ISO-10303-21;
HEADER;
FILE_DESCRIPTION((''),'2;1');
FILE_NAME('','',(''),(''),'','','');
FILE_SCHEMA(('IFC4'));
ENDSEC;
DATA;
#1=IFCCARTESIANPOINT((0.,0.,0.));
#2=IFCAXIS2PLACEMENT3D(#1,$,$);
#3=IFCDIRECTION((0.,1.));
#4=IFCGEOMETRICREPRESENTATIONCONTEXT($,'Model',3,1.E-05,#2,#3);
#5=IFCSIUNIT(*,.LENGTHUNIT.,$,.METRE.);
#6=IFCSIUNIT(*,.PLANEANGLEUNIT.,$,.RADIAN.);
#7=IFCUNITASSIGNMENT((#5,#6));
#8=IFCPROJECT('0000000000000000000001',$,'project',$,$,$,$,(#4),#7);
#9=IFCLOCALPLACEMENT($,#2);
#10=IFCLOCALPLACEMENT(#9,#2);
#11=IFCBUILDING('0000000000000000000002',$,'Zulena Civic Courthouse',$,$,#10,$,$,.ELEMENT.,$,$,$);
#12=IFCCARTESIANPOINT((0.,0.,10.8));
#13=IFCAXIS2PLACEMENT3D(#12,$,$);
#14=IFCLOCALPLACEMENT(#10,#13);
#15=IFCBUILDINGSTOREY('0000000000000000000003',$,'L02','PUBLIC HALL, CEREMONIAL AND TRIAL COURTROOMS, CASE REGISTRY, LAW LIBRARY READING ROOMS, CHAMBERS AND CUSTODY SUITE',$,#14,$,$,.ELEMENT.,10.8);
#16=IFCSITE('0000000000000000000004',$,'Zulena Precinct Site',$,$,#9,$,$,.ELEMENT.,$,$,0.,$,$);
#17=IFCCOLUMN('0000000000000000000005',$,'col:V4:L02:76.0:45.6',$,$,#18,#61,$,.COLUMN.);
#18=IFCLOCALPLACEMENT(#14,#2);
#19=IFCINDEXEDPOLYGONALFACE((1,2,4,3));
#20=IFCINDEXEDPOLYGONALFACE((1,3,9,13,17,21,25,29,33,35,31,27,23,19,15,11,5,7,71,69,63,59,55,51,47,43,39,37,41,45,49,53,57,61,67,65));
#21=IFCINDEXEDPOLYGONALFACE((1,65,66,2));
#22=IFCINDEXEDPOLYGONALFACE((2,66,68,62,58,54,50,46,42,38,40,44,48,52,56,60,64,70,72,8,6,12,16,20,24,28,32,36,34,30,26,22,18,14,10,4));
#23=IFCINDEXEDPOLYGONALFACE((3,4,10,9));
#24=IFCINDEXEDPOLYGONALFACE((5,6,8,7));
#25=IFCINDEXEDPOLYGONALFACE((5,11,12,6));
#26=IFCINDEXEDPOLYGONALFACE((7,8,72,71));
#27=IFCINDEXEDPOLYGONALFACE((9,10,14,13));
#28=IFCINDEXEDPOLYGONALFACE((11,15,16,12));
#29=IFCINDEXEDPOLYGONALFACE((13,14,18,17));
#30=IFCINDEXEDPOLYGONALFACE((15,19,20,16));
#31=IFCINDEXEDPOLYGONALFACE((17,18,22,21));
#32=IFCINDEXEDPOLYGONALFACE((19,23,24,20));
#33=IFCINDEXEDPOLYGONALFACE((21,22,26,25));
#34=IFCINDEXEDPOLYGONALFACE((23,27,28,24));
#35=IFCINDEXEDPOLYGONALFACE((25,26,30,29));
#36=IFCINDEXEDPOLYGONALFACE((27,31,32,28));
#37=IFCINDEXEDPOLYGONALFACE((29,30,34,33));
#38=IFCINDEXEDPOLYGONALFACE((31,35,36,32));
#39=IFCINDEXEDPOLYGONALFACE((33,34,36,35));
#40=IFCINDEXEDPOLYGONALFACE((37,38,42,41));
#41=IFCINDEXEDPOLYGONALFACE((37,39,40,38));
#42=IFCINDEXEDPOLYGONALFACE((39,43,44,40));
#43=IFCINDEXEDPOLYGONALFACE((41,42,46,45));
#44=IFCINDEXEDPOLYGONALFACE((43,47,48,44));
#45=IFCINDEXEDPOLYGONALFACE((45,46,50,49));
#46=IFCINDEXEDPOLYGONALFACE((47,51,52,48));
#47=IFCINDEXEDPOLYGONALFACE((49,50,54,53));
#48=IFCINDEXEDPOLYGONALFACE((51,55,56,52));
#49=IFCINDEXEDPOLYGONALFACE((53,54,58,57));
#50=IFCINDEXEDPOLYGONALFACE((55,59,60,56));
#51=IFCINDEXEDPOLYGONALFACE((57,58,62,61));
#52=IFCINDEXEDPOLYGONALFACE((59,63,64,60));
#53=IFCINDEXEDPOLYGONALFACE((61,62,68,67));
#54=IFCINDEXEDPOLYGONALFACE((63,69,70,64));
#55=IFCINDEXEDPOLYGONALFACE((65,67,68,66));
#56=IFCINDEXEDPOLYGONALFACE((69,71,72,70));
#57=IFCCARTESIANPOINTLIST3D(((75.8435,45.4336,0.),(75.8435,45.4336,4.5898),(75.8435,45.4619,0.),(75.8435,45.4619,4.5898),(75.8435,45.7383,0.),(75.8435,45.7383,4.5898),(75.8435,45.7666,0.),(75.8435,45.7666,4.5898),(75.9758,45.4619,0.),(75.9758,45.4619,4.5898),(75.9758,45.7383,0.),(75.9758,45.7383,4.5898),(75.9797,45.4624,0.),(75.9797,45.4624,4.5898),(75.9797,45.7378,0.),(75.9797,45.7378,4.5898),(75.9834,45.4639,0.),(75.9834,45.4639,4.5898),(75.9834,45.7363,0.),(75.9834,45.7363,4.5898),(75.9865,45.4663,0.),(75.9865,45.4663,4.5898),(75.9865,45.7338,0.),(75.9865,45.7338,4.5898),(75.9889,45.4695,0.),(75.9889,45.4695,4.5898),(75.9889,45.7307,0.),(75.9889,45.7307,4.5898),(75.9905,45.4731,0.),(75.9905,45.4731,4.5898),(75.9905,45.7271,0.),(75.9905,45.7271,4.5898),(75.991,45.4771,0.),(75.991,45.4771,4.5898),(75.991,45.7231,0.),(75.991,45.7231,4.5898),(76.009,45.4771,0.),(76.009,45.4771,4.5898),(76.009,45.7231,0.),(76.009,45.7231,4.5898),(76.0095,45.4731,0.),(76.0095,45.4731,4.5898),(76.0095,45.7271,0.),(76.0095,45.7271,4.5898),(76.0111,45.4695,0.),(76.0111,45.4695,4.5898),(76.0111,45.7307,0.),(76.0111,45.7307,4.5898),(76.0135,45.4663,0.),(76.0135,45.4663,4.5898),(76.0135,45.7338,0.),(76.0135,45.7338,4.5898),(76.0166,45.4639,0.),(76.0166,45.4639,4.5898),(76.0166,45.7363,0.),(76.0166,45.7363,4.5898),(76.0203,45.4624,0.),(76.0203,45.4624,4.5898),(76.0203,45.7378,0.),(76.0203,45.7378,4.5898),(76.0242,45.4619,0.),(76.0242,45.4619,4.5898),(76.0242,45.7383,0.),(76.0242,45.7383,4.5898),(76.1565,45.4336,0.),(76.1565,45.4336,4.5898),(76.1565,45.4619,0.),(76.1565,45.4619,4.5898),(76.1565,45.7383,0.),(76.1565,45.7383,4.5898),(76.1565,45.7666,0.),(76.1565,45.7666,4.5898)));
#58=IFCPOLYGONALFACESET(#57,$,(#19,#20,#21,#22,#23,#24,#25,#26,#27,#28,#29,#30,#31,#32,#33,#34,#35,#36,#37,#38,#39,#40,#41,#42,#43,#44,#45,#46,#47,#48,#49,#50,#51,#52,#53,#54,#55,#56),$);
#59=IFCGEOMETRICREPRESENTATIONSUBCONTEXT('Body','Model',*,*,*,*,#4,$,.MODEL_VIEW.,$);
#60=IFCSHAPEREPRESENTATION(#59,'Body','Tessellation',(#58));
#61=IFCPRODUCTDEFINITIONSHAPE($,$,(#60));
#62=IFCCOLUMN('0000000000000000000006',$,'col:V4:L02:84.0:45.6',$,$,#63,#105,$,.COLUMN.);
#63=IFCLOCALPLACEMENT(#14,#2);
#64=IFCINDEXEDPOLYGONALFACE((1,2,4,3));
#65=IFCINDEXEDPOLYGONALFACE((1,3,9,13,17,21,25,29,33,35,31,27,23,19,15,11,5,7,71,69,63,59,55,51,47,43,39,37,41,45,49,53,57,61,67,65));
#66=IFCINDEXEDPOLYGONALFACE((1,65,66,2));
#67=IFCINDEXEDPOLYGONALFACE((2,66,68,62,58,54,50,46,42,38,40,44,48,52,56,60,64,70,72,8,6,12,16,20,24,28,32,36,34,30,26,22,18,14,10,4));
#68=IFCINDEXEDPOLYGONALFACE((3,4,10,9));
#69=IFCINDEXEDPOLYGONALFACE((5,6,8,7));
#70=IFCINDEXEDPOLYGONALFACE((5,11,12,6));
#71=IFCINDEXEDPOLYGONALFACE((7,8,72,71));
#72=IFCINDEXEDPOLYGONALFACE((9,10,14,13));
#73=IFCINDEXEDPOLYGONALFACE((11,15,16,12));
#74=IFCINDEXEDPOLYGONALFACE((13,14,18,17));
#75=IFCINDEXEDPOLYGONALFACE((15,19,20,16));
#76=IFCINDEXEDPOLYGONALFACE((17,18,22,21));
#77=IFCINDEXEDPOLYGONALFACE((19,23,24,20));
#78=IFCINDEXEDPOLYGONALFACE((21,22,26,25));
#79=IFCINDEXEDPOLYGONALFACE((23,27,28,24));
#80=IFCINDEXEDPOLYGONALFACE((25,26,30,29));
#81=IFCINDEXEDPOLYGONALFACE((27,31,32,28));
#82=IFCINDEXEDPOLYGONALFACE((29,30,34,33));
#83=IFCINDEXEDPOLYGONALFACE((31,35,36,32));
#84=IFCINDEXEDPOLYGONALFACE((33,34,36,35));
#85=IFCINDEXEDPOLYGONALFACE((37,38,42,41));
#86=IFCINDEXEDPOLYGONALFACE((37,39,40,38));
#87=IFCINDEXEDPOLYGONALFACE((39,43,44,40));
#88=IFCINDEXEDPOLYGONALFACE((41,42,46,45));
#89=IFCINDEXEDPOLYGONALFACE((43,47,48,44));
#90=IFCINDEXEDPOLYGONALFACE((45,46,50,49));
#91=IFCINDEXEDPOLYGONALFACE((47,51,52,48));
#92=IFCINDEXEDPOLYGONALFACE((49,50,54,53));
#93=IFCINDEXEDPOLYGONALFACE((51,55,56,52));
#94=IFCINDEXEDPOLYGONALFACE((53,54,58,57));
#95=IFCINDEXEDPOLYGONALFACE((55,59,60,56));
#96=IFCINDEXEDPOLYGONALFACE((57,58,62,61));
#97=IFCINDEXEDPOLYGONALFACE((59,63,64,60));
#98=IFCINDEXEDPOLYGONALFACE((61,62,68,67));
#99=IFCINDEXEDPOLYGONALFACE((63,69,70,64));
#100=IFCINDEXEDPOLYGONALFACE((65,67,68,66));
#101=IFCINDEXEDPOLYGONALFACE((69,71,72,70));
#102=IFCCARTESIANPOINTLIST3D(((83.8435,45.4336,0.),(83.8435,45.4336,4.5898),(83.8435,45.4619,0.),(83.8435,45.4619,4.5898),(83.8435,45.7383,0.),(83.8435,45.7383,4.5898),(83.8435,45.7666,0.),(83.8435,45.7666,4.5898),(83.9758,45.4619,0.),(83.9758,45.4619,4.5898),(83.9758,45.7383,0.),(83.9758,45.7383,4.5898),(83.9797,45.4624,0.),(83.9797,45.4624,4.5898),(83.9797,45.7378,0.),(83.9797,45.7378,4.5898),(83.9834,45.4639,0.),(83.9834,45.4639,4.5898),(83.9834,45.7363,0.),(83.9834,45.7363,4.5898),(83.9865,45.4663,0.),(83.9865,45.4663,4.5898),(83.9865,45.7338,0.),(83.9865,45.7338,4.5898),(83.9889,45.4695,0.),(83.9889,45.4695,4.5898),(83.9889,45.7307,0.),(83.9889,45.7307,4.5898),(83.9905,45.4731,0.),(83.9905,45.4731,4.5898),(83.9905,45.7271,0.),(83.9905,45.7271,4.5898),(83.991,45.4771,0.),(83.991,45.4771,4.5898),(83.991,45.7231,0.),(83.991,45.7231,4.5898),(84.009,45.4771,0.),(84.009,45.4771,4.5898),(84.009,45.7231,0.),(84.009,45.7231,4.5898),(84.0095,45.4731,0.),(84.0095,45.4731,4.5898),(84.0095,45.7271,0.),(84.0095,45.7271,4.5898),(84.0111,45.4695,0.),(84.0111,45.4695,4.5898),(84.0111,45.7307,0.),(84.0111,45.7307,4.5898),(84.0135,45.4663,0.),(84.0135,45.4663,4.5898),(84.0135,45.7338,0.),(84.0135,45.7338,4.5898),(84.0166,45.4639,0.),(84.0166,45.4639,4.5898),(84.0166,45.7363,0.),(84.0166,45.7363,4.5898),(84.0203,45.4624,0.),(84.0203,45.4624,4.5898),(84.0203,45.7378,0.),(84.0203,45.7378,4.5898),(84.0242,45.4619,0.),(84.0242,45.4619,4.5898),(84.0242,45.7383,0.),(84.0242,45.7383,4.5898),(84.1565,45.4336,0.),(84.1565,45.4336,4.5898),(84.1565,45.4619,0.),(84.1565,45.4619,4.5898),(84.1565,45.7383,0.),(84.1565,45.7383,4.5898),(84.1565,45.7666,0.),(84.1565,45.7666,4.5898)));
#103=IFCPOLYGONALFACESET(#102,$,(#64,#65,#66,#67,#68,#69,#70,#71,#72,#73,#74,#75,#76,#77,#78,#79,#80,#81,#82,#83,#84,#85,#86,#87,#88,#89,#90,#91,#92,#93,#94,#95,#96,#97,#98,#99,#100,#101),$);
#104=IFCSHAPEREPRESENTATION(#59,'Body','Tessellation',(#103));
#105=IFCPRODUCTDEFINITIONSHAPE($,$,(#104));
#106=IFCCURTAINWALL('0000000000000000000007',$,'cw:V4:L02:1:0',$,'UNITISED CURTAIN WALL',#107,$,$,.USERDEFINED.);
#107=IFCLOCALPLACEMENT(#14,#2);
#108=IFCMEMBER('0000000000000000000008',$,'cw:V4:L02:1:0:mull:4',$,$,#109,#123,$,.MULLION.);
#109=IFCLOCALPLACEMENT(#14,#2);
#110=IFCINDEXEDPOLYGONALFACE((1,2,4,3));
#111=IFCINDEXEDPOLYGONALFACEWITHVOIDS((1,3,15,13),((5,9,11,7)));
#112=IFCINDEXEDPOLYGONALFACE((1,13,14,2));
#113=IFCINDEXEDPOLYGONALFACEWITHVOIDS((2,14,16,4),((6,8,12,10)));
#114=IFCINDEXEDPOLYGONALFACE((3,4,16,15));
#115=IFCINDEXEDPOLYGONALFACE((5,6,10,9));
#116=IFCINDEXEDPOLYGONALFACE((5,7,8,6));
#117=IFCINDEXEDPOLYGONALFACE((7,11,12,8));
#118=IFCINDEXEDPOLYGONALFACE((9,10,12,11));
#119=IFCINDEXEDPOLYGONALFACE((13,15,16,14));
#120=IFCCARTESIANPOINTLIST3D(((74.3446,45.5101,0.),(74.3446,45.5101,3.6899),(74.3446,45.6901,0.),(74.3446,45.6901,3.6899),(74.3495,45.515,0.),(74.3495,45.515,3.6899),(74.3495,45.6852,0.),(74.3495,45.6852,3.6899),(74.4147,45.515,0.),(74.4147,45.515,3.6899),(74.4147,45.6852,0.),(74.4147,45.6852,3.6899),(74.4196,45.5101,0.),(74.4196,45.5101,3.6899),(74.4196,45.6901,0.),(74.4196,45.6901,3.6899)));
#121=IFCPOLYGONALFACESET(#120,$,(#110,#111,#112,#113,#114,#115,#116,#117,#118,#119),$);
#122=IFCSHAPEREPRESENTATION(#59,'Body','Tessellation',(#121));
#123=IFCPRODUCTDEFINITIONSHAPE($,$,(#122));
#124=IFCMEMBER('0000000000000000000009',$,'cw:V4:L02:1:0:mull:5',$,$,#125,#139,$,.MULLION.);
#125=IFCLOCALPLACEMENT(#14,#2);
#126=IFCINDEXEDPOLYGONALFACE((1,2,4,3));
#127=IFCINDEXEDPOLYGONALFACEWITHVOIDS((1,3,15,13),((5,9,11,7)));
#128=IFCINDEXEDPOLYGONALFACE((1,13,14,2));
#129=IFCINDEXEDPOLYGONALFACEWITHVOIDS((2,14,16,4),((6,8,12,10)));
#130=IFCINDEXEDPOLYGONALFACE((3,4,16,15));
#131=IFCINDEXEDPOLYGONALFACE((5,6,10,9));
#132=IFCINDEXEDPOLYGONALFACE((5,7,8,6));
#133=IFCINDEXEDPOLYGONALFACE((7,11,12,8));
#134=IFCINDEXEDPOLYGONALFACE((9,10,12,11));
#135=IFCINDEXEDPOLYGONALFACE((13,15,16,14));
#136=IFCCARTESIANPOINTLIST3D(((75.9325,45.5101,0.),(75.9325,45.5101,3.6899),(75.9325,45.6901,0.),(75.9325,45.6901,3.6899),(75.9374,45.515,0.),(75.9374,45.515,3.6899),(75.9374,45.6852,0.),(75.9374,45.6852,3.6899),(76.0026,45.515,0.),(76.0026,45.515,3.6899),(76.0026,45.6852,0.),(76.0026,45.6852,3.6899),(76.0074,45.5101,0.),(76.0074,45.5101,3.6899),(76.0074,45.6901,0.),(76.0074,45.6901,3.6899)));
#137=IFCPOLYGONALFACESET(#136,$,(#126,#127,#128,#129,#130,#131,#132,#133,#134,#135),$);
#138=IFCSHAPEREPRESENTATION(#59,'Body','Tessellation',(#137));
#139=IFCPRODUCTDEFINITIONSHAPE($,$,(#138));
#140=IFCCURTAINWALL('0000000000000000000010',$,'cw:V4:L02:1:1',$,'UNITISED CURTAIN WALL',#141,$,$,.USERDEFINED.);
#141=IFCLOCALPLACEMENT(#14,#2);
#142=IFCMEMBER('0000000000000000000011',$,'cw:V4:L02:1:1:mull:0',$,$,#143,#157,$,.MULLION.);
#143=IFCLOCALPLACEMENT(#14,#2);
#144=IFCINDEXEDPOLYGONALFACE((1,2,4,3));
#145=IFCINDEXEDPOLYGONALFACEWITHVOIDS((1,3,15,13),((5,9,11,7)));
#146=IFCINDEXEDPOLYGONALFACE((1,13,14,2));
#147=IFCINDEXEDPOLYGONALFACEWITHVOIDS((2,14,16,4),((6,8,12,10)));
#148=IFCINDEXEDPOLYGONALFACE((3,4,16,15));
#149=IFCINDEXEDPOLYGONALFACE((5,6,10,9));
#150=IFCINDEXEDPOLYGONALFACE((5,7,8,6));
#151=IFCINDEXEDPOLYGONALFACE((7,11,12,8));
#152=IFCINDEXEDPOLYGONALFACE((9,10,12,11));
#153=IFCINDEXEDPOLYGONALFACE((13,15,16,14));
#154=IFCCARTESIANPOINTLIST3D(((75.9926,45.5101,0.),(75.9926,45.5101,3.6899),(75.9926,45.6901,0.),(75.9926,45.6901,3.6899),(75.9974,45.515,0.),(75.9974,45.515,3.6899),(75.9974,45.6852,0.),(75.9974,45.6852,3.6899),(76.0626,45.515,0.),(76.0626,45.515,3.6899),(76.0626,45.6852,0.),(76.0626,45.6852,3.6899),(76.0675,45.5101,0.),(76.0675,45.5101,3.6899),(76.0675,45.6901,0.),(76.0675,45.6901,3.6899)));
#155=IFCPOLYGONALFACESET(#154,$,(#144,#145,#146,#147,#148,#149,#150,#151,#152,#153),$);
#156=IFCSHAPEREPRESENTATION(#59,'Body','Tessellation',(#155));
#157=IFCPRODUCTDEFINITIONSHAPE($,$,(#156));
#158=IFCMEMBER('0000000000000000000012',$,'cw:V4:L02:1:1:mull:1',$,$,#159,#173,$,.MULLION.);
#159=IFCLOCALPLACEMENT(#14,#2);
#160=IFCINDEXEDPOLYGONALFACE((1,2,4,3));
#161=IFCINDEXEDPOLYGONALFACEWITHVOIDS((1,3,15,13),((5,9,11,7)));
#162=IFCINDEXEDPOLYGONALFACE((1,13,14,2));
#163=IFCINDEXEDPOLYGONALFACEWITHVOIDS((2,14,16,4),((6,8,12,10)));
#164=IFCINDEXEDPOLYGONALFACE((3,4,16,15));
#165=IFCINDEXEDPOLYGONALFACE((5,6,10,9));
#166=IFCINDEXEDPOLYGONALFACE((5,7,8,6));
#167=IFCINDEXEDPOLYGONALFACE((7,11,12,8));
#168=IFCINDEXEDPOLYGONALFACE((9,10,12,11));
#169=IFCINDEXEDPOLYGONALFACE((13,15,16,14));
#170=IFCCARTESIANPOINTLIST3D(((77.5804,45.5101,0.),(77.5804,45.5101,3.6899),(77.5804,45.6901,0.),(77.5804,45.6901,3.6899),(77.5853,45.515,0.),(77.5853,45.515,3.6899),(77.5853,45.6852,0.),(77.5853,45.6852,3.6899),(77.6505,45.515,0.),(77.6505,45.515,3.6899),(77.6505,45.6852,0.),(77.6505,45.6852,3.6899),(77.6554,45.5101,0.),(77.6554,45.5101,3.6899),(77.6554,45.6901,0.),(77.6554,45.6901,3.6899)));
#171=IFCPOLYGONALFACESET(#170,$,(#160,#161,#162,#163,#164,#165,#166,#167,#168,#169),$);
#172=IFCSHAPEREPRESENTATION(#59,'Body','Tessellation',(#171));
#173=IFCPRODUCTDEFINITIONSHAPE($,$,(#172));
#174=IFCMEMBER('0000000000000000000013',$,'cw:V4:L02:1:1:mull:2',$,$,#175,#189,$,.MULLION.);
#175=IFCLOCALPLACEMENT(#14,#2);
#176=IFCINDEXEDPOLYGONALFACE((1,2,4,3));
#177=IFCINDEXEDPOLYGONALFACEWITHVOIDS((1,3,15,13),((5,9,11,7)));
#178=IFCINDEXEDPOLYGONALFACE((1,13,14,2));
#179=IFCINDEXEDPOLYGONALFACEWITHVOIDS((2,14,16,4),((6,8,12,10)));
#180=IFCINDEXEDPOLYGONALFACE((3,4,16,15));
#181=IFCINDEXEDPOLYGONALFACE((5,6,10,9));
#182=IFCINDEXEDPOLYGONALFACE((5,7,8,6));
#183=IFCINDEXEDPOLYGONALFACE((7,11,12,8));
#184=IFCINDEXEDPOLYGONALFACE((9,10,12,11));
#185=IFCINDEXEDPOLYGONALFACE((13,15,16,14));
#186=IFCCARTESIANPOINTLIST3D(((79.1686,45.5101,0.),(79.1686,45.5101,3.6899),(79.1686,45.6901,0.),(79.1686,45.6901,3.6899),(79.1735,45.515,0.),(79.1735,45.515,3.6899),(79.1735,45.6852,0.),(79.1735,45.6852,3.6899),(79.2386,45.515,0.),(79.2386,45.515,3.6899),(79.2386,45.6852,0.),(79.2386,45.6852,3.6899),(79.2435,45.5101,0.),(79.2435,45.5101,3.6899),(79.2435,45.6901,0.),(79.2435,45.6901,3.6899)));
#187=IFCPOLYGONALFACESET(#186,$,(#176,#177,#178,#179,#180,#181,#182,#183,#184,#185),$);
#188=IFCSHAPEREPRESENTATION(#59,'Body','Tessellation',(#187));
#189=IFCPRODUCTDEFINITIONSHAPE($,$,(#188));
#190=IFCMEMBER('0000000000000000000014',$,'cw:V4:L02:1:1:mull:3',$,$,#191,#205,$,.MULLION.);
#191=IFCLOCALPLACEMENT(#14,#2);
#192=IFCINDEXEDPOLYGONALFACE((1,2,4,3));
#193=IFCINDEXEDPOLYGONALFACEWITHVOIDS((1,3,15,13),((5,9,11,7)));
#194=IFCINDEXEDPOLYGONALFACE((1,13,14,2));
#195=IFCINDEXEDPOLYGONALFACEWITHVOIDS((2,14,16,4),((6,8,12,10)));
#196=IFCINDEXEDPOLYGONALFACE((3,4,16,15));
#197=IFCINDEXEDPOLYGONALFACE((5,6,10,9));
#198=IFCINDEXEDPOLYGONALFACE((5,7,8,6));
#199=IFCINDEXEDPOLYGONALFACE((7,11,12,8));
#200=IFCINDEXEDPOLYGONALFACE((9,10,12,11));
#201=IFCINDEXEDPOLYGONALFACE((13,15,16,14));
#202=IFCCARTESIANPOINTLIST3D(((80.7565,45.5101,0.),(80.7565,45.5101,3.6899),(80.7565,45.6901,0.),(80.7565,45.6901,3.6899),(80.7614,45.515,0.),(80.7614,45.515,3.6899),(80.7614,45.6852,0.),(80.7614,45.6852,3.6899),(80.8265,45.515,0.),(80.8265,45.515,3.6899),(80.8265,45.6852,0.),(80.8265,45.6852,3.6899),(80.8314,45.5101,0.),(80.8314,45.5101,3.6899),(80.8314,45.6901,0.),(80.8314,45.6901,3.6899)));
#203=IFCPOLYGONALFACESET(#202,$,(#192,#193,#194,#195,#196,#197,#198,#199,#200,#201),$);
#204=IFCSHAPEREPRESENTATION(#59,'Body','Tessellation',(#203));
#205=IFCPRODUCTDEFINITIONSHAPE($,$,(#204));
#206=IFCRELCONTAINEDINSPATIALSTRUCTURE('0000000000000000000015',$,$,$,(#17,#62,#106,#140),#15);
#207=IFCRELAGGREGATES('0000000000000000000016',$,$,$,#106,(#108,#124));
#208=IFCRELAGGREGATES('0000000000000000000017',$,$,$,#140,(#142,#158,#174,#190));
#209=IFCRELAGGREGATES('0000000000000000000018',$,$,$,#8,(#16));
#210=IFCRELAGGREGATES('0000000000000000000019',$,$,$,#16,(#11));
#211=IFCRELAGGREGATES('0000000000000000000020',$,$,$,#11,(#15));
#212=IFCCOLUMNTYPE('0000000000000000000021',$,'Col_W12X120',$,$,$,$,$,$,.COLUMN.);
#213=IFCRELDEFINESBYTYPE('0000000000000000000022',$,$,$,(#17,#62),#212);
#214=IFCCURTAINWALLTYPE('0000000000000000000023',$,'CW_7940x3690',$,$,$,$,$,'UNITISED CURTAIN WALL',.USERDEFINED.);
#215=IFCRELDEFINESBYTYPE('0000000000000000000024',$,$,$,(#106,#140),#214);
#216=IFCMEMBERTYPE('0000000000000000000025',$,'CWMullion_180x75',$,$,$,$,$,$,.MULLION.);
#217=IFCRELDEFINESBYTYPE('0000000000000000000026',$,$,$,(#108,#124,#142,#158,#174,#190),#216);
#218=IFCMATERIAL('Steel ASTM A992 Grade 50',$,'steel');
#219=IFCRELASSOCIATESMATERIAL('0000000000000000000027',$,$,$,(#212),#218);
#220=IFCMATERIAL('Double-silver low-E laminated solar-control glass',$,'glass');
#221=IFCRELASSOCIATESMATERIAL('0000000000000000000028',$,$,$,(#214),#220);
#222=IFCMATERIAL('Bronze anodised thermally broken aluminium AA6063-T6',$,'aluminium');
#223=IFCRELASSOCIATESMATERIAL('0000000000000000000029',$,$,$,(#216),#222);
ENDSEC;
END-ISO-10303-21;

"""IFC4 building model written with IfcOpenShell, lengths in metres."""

from ifc_helpers import new_model, si_unit, direction, frame, origin, origin_2d, place, context, subcontext, project, spatial, hollow_rectangle, i_section, extrude, material, material_profile, profile_set, type_object, element, aggregate, save


model = new_model("IFC4")

# Units and contexts
model_context = context("Model", 3, precision=1e-05, world=origin(), true_north=direction((0.0, 1.0)))
body_context = subcontext(model_context, "Body", "Model", "MODEL_VIEW")
ifc_project = project(units=[si_unit("LENGTHUNIT", "METRE"), si_unit("PLANEANGLEUNIT", "RADIAN")], contexts=[model_context])

# Site, building, storey
site_placement = place(None, origin())
site = spatial("IfcSite", under=ifc_project, at=site_placement, Name="Zulena Precinct Site", CompositionType="ELEMENT", RefElevation=0.0)
building_placement = place(site_placement, origin())
building = spatial("IfcBuilding", under=site, at=building_placement, Name="Zulena Civic Courthouse", CompositionType="ELEMENT")
storey_placement = place(building_placement, frame((0.0, 0.0, 10.8)))
storey = spatial("IfcBuildingStorey", under=building, at=storey_placement, Name="L02", Description="PUBLIC HALL, CEREMONIAL AND TRIAL COURTROOMS, CASE REGISTRY, LAW LIBRARY READING ROOMS, CHAMBERS AND CUSTODY SUITE", CompositionType="ELEMENT", Elevation=10.8)

# Columns
ifc_material_1 = material(Name="Steel ASTM A992 Grade 50", Category="steel")
ifc_material_profile_1 = material_profile(ifc_material_1, i_section(OverallWidth=0.313, OverallDepth=0.333, WebThickness=0.0181, FlangeThickness=0.0283, FilletRadius=0.0151, at=origin_2d()), Name="W12X120")
ifc_profile_set_1 = profile_set([ifc_material_profile_1], Name="Steel ASTM A992 Grade 50")
column_type = type_object("IfcColumnType", Name="Col_W12X120", PredefinedType="COLUMN", material=ifc_profile_set_1)
for number, where, z_axis, x_axis, name in (
    (1, (76.0, 45.6001, 0.0), (0.0, 0.0, 1.0), (1.0, 0.0, 0.0), "col:V4:L02:76.0:45.6"),
    (2, (84.0, 45.6001, 0.0), (0.0, 0.0, 1.0), (1.0, 0.0, 0.0), "col:V4:L02:84.0:45.6"),
):
    element("IfcColumn", number, at=place(storey_placement, frame(where, z_axis=z_axis, x_axis=x_axis)), inside=storey, type_object=column_type, Name=name, PredefinedType="COLUMN", context=body_context, shape_type="SweptSolid", body=[
        extrude(i_section(OverallWidth=0.313, OverallDepth=0.333, WebThickness=0.0181, FlangeThickness=0.0283, FilletRadius=0.0151, at=origin_2d()), origin(), (0.0, 0.0, 1.0), 4.5898),
    ])

# Curtain walls, members
ifc_material_2 = material(Name="Double-silver low-E laminated solar-control glass", Category="glass")
curtain_wall_type = type_object("IfcCurtainWallType", Name="CW_7940x3690", ElementType="UNITISED CURTAIN WALL", PredefinedType="USERDEFINED", material=ifc_material_2)
curtain_wall_1_placement = place(storey_placement, origin())
curtain_wall_1 = element("IfcCurtainWall", 3, at=curtain_wall_1_placement, inside=storey, type_object=curtain_wall_type, Name="cw:V4:L02:1:0", ObjectType="UNITISED CURTAIN WALL", PredefinedType="USERDEFINED")
ifc_material_3 = material(Name="Bronze anodised thermally broken aluminium AA6063-T6", Category="aluminium")
ifc_material_profile_2 = material_profile(ifc_material_3, hollow_rectangle(XDim=0.075, YDim=0.1799, WallThickness=0.0049, at=origin_2d()), Name="CWM180X75X5")
ifc_profile_set_2 = profile_set([ifc_material_profile_2], Name="Bronze anodised thermally broken aluminium AA6063-T6")
member_type_1 = type_object("IfcMemberType", Name="CWMullion_180x75", PredefinedType="MULLION", material=ifc_profile_set_2)
member_1_placement = place(storey_placement, frame((74.3821, 45.6001, 0.0), z_axis=(0.0, 0.0, 1.0), x_axis=(1.0, 0.0, 0.0)))
member_1 = element("IfcMember", 4, at=member_1_placement, type_object=member_type_1, Name="cw:V4:L02:1:0:mull:4", PredefinedType="MULLION", context=body_context, shape_type="SweptSolid", body=[
    extrude(hollow_rectangle(XDim=0.075, YDim=0.1799, WallThickness=0.0049, at=origin_2d()), origin(), (0.0, 0.0, 1.0), 3.6899),
])
member_2_placement = place(storey_placement, frame((75.97, 45.6001, 0.0), z_axis=(0.0, 0.0, 1.0), x_axis=(1.0, 0.0, 0.0)))
member_2 = element("IfcMember", 5, at=member_2_placement, type_object=member_type_1, Name="cw:V4:L02:1:0:mull:5", PredefinedType="MULLION", context=body_context, shape_type="SweptSolid", body=[
    extrude(hollow_rectangle(XDim=0.075, YDim=0.1799, WallThickness=0.0049, at=origin_2d()), origin(), (0.0, 0.0, 1.0), 3.6899),
])
curtain_wall_2_placement = place(storey_placement, origin())
curtain_wall_2 = element("IfcCurtainWall", 6, at=curtain_wall_2_placement, inside=storey, type_object=curtain_wall_type, Name="cw:V4:L02:1:1", ObjectType="UNITISED CURTAIN WALL", PredefinedType="USERDEFINED")
member_3_placement = place(storey_placement, frame((76.03, 45.6001, 0.0), z_axis=(0.0, 0.0, 1.0), x_axis=(1.0, 0.0, 0.0)))
member_3 = element("IfcMember", 7, at=member_3_placement, type_object=member_type_1, Name="cw:V4:L02:1:1:mull:0", PredefinedType="MULLION", context=body_context, shape_type="SweptSolid", body=[
    extrude(hollow_rectangle(XDim=0.075, YDim=0.1799, WallThickness=0.0049, at=origin_2d()), origin(), (0.0, 0.0, 1.0), 3.6899),
])
member_4_placement = place(storey_placement, frame((77.6179, 45.6001, 0.0), z_axis=(0.0, 0.0, 1.0), x_axis=(1.0, 0.0, 0.0)))
member_4 = element("IfcMember", 8, at=member_4_placement, type_object=member_type_1, Name="cw:V4:L02:1:1:mull:1", PredefinedType="MULLION", context=body_context, shape_type="SweptSolid", body=[
    extrude(hollow_rectangle(XDim=0.075, YDim=0.1799, WallThickness=0.0049, at=origin_2d()), origin(), (0.0, 0.0, 1.0), 3.6899),
])
member_5_placement = place(storey_placement, frame((79.2061, 45.6001, 0.0), z_axis=(0.0, 0.0, 1.0), x_axis=(1.0, 0.0, 0.0)))
member_5 = element("IfcMember", 9, at=member_5_placement, type_object=member_type_1, Name="cw:V4:L02:1:1:mull:2", PredefinedType="MULLION", context=body_context, shape_type="SweptSolid", body=[
    extrude(hollow_rectangle(XDim=0.075, YDim=0.1799, WallThickness=0.0049, at=origin_2d()), origin(), (0.0, 0.0, 1.0), 3.6899),
])
member_6_placement = place(storey_placement, frame((80.7939, 45.6001, 0.0), z_axis=(0.0, 0.0, 1.0), x_axis=(1.0, 0.0, 0.0)))
member_6 = element("IfcMember", 10, at=member_6_placement, type_object=member_type_1, Name="cw:V4:L02:1:1:mull:3", PredefinedType="MULLION", context=body_context, shape_type="SweptSolid", body=[
    extrude(hollow_rectangle(XDim=0.075, YDim=0.1799, WallThickness=0.0049, at=origin_2d()), origin(), (0.0, 0.0, 1.0), 3.6899),
])

aggregate(curtain_wall_1, [member_1, member_2])
aggregate(curtain_wall_2, [member_3, member_4, member_5, member_6])

save(model, "model.ifc")
